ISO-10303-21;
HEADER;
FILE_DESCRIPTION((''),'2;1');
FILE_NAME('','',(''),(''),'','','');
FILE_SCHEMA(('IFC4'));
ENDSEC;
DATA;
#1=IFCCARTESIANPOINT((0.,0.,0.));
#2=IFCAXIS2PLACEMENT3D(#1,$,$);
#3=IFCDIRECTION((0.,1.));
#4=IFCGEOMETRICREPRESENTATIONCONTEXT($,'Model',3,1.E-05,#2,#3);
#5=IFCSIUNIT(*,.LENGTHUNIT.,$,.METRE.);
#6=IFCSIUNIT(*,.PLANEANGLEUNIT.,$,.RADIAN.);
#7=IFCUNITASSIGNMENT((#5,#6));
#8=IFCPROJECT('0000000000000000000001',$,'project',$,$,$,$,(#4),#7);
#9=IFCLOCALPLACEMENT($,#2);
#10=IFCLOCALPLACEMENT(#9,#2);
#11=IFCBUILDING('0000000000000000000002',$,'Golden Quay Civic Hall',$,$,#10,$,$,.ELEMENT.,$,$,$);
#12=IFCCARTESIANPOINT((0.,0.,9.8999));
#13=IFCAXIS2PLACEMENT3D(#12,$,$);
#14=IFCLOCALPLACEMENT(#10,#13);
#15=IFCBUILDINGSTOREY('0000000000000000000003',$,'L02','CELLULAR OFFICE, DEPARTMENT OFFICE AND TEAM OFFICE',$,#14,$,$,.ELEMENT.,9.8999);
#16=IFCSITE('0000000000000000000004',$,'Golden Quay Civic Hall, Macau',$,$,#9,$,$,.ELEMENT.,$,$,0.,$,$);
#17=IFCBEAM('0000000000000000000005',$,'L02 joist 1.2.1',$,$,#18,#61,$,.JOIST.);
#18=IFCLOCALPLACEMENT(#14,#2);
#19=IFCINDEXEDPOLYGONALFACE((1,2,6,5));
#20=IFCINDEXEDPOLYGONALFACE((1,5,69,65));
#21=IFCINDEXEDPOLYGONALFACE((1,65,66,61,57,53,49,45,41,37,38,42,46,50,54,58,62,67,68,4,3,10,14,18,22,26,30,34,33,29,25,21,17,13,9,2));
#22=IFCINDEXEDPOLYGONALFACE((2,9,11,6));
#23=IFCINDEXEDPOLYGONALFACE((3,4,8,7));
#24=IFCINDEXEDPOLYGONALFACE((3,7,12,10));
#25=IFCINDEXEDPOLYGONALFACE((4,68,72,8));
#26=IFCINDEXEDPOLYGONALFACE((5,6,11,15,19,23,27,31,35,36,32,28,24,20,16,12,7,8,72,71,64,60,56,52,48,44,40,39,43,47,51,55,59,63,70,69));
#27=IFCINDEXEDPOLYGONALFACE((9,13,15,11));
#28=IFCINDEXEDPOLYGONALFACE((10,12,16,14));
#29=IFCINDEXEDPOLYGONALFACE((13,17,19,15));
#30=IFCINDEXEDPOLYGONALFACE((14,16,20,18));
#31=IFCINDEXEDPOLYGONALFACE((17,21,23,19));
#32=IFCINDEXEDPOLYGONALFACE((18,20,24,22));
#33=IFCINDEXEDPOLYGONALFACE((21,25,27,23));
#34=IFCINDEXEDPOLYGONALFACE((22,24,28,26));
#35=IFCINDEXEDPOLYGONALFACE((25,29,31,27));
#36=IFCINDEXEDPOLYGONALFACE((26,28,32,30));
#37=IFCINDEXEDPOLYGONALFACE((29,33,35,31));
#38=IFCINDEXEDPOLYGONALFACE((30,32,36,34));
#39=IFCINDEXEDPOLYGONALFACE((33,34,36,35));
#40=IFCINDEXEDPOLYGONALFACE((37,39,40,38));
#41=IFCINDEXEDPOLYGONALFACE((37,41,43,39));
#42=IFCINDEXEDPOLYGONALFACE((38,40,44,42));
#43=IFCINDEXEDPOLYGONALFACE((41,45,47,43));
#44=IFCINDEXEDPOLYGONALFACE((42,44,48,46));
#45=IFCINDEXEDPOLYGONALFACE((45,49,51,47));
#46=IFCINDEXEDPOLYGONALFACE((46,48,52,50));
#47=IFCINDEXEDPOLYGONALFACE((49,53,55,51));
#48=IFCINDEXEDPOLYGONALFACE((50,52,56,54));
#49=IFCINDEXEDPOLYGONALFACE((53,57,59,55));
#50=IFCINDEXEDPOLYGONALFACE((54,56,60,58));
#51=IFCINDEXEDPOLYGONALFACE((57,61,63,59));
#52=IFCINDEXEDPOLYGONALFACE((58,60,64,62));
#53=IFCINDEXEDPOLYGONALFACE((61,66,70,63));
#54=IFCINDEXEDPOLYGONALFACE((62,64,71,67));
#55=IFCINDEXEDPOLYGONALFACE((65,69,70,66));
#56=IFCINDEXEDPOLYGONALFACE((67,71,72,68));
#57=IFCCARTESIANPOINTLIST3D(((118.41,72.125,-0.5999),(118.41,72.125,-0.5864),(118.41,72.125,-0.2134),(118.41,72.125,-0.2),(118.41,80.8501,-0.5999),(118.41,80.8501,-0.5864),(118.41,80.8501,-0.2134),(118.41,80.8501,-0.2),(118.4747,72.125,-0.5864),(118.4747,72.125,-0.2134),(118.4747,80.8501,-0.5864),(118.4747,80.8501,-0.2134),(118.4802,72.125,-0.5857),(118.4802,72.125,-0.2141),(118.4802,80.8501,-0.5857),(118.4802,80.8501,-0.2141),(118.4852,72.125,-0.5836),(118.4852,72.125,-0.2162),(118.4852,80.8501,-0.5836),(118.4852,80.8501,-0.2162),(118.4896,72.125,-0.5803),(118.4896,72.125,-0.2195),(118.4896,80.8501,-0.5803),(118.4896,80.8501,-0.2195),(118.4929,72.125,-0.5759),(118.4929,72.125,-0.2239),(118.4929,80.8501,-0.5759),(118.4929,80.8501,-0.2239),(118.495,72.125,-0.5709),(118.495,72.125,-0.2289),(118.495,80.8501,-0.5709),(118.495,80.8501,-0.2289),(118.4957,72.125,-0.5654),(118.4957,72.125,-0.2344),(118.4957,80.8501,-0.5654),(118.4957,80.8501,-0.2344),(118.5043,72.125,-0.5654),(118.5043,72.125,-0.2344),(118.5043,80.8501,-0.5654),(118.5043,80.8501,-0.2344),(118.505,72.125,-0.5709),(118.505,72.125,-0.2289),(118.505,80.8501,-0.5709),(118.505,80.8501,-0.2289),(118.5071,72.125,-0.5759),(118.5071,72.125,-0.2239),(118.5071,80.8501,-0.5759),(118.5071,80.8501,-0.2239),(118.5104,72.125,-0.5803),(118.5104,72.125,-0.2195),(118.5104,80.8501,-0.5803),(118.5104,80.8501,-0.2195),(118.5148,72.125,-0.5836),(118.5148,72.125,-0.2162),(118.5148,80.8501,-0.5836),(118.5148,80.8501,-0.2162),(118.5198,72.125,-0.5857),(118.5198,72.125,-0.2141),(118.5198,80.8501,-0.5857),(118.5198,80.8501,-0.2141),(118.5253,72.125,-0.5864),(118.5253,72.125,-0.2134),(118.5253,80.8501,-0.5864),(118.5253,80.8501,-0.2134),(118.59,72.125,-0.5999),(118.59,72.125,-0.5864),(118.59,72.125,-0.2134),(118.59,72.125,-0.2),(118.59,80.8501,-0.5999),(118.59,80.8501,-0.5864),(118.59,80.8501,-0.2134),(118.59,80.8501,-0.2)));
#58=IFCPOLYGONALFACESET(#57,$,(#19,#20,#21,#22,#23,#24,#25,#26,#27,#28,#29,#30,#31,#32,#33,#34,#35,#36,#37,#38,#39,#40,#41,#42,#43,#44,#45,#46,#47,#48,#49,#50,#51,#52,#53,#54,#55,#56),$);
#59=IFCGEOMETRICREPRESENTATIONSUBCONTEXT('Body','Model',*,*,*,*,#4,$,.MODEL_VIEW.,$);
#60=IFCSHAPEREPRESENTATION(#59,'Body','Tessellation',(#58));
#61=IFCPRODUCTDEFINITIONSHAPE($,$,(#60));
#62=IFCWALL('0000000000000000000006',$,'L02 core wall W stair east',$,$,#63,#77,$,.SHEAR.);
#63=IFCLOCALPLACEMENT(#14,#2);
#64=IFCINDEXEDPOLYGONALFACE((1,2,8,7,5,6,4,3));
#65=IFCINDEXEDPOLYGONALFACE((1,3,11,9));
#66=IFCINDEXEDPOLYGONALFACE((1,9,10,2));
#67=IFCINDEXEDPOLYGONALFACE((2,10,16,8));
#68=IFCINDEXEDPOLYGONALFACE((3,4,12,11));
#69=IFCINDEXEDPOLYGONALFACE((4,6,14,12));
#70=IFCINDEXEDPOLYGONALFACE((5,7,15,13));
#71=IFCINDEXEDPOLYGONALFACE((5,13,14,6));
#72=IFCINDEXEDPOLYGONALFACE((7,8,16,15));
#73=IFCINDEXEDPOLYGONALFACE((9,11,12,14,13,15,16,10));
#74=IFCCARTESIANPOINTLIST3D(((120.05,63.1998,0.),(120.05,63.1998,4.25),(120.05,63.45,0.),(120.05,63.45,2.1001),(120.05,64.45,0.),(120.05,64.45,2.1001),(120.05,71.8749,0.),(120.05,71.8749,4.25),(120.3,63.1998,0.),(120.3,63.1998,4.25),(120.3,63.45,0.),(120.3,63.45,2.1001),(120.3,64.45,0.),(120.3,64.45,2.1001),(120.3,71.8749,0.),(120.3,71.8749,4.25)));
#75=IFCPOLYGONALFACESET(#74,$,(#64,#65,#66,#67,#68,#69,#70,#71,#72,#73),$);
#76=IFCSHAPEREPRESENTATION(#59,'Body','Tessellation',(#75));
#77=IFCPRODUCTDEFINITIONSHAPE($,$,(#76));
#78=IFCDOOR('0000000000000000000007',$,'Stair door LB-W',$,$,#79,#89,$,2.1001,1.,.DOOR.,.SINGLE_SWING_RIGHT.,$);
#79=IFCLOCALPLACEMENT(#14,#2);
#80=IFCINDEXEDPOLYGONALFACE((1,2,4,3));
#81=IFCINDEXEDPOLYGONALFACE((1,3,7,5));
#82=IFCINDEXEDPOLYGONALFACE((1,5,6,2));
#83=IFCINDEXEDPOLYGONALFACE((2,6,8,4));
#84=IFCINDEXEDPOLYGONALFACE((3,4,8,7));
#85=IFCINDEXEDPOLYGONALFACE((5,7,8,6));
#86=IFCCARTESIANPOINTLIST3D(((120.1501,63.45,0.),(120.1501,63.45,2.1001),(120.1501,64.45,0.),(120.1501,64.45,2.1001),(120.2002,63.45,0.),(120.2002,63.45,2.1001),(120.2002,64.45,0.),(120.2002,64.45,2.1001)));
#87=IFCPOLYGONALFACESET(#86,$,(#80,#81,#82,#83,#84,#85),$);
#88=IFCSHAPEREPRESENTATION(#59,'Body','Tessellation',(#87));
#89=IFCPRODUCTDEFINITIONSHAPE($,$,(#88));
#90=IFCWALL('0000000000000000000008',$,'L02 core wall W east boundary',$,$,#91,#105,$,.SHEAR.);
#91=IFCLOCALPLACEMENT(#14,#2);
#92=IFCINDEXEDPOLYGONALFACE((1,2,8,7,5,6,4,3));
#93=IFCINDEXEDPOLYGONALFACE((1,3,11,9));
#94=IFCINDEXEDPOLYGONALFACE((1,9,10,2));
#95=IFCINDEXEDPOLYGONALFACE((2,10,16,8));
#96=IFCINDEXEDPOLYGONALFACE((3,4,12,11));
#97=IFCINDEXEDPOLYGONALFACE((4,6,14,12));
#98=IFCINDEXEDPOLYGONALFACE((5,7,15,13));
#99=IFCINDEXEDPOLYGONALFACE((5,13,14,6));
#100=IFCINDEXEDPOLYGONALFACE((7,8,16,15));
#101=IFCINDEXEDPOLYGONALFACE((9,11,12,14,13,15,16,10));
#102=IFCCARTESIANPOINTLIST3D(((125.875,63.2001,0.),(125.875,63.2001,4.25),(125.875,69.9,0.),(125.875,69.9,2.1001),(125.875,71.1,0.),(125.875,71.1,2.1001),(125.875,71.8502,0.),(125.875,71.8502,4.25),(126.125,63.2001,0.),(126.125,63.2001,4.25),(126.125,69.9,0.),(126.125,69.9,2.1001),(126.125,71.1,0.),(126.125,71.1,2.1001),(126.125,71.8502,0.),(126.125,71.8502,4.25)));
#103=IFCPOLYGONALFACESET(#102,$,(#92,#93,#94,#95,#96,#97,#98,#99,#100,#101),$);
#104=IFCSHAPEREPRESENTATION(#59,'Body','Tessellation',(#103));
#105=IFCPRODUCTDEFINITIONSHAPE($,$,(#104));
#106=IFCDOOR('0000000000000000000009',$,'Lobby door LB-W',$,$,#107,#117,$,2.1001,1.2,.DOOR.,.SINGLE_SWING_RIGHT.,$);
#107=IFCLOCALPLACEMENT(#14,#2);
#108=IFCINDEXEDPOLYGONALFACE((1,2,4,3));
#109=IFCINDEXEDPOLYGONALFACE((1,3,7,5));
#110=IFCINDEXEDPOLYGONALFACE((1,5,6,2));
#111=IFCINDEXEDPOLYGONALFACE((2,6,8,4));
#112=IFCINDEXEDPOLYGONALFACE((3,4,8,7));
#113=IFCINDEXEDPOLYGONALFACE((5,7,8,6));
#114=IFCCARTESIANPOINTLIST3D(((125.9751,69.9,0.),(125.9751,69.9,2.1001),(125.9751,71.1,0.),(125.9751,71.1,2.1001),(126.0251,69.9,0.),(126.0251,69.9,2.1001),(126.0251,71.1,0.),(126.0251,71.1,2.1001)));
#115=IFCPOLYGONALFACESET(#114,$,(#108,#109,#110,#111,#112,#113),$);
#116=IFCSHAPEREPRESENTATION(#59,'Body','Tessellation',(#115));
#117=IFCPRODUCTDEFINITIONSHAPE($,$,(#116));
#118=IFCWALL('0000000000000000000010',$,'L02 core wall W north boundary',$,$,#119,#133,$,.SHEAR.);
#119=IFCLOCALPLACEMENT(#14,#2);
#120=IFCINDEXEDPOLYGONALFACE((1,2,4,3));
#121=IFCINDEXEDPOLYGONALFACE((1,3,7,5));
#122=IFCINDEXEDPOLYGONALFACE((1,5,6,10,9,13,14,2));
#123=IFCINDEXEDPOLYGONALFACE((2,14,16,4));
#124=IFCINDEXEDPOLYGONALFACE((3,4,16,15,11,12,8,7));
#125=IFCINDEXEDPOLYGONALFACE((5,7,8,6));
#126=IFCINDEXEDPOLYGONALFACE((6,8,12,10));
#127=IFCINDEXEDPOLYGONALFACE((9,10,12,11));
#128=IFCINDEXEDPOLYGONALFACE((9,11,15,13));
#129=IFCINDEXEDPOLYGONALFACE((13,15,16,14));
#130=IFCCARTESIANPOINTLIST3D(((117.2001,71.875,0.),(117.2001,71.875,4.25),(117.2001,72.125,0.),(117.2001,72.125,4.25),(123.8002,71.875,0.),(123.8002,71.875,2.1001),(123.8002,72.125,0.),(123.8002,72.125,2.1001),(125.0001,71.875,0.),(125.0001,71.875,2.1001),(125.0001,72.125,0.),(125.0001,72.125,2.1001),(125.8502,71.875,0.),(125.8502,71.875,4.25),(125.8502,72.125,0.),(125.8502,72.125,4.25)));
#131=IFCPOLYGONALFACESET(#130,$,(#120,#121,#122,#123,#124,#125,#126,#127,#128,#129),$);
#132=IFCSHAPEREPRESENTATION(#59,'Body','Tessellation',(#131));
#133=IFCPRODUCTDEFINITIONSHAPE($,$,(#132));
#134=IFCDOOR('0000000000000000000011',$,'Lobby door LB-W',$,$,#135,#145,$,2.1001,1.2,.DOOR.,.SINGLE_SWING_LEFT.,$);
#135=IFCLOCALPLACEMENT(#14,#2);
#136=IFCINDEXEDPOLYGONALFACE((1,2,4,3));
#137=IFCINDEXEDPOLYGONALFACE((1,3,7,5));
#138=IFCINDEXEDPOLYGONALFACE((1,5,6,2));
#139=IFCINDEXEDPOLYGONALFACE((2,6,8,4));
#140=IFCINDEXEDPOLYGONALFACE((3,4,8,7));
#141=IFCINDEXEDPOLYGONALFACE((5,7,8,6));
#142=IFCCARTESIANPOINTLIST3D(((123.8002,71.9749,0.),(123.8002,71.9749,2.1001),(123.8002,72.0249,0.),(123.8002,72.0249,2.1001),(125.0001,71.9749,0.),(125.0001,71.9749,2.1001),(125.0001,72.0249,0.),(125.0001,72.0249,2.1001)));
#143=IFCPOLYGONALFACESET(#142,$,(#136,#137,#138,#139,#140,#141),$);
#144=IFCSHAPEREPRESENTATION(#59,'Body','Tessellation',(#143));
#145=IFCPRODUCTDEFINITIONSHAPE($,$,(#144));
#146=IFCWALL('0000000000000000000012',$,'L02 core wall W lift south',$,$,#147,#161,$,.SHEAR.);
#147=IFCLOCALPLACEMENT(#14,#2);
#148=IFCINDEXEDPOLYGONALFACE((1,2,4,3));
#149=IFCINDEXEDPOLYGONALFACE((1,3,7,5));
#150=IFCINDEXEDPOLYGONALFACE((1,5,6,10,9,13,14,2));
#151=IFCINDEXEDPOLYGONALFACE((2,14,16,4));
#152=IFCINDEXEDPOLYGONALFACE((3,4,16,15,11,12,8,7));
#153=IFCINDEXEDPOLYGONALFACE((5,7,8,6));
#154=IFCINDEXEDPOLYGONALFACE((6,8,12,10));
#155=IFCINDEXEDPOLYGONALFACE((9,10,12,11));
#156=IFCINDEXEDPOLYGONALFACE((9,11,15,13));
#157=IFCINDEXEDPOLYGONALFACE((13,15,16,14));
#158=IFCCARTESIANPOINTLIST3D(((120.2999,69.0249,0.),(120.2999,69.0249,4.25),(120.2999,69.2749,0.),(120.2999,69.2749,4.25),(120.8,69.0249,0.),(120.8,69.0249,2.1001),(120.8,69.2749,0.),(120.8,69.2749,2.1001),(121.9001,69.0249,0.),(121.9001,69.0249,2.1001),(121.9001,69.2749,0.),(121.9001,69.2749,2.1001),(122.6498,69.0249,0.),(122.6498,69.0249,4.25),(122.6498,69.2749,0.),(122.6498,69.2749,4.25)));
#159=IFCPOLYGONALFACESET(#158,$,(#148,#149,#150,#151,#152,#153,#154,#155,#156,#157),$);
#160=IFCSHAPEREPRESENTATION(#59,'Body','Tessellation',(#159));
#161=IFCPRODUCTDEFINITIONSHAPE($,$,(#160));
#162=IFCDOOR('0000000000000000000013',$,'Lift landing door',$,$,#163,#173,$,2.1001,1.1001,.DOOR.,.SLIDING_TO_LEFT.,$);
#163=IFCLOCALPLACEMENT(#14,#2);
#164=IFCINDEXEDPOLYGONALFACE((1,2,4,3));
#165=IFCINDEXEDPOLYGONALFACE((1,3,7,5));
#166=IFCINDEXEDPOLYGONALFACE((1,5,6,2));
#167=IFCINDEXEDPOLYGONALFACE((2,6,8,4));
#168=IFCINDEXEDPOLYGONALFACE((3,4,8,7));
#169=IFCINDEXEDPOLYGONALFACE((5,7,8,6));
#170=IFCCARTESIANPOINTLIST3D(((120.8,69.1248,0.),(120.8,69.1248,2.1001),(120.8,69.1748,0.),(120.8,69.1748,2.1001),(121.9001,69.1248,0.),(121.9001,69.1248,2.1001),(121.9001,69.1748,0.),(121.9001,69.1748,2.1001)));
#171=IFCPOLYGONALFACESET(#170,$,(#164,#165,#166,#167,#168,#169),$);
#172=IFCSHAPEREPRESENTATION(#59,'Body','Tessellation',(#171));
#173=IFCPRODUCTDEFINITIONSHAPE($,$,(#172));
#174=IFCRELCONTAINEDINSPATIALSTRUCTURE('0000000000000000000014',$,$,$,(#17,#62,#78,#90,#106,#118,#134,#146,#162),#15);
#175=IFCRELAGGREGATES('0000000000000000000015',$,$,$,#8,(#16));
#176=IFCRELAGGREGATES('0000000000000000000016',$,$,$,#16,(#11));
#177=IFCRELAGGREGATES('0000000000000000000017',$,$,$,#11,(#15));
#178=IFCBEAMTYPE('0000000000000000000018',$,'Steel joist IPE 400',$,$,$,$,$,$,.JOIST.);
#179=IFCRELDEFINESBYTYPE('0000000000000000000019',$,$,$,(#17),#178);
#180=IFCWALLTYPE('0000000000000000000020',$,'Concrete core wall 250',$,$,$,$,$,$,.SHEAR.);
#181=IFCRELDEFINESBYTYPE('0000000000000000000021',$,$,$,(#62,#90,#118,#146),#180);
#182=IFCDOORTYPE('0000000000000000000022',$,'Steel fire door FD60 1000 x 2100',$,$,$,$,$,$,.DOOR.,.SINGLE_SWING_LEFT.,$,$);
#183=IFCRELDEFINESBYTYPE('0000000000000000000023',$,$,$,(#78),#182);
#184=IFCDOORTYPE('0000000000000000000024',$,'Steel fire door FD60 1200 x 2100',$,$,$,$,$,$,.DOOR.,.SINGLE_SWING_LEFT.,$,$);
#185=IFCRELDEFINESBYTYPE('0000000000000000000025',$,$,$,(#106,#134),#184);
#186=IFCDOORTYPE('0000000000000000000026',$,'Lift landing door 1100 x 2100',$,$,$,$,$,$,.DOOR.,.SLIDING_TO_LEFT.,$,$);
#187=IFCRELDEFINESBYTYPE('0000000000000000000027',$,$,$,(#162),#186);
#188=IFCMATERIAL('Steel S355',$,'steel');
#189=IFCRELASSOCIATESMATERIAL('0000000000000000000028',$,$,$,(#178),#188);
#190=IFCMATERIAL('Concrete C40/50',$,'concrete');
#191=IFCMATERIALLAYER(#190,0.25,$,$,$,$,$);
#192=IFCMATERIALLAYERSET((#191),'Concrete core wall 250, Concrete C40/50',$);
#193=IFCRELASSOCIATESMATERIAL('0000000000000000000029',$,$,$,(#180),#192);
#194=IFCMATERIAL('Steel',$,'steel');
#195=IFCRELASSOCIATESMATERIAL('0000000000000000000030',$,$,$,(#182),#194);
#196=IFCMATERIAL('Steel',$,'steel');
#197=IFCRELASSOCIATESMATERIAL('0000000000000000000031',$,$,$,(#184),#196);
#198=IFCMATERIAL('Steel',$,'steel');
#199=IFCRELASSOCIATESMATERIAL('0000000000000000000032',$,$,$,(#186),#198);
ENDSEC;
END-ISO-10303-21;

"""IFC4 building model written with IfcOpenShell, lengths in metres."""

from ifc_helpers import new_model, si_unit, direction, frame, frame_2d, origin, origin_2d, place, context, subcontext, project, spatial, rectangle, i_section, extrude, material, layer, layer_set, material_profile, profile_set, type_object, element, fill, save


model = new_model("IFC4")

# Units and contexts
model_context = context("Model", 3, precision=1e-05, world=origin(), true_north=direction((0.0, 1.0)))
body_context = subcontext(model_context, "Body", "Model", "MODEL_VIEW")
ifc_project = project(units=[si_unit("LENGTHUNIT", "METRE"), si_unit("PLANEANGLEUNIT", "RADIAN")], contexts=[model_context])

# Site, building, storey
site_placement = place(None, origin())
site = spatial("IfcSite", under=ifc_project, at=site_placement, Name="Golden Quay Civic Hall, Macau", CompositionType="ELEMENT", RefElevation=0.0)
building_placement = place(site_placement, origin())
building = spatial("IfcBuilding", under=site, at=building_placement, Name="Golden Quay Civic Hall", CompositionType="ELEMENT")
storey_placement = place(building_placement, frame((0.0, 0.0, 9.8999)))
storey = spatial("IfcBuildingStorey", under=building, at=storey_placement, Name="L02", Description="CELLULAR OFFICE, DEPARTMENT OFFICE AND TEAM OFFICE", CompositionType="ELEMENT", Elevation=9.8999)

# Beam
ifc_material_1 = material(Name="Steel S355", Category="steel")
ifc_material_profile_1 = material_profile(ifc_material_1, i_section(OverallWidth=0.1799, OverallDepth=0.3999, WebThickness=0.0085, FlangeThickness=0.0134, FilletRadius=0.021, at=origin_2d()), Name="IPE 400")
ifc_profile_set_1 = profile_set([ifc_material_profile_1], Name="Steel S355")
beam_type_1 = type_object("IfcBeamType", Name="Steel joist IPE 400", PredefinedType="JOIST", material=ifc_profile_set_1)
beam_placement = place(storey_placement, frame((118.5, 72.125, -0.3999), z_axis=(0.0, 1.0, 0.0), x_axis=(-1.0, 0.0, 0.0)))
element("IfcBeam", 1, at=beam_placement, inside=storey, type_object=beam_type_1, Name="L02 joist 1.2.1", PredefinedType="JOIST", context=body_context, shape_type="SweptSolid", body=[
    extrude(i_section(OverallWidth=0.1799, OverallDepth=0.3999, WebThickness=0.0085, FlangeThickness=0.0134, FilletRadius=0.021, at=origin_2d()), origin(), (0.0, 0.0, 1.0), 8.7251),
])

# Walls, openings, doors
ifc_material_2 = material(Name="Concrete C40/50", Category="concrete")
ifc_layer_1 = layer(ifc_material_2, 0.25)
ifc_layer_set_1 = layer_set([ifc_layer_1], Name="Concrete core wall 250, Concrete C40/50")
wall_type_1 = type_object("IfcWallType", Name="Concrete core wall 250", PredefinedType="SHEAR", material=ifc_layer_set_1)
wall_1_placement = place(storey_placement, frame((120.175, 63.2, 0.0), z_axis=(0.0, 0.0, 1.0), x_axis=(0.0, 1.0, 0.0)))
wall_1 = element("IfcWall", 2, at=wall_1_placement, inside=storey, type_object=wall_type_1, Name="L02 core wall W stair east", PredefinedType="SHEAR", context=body_context, shape_type="SweptSolid", body=[
    extrude(rectangle(XDim=8.675, YDim=0.25, at=frame_2d((4.3374, 0.0))), origin(), (0.0, 0.0, 1.0), 4.25),
])
opening_1_placement = place(wall_1_placement, frame((0.25, 0.0, 0.0)))
opening_1 = element("IfcOpeningElement", 3, at=opening_1_placement, cuts=wall_1, PredefinedType="OPENING", context=body_context, shape_type="SweptSolid", body=[
    extrude(rectangle(XDim=1.0, YDim=2.1001, at=frame_2d((0.5, 1.05))), frame((0.0, 0.135, 0.0), z_axis=(0.0, -1.0, 0.0), x_axis=(1.0, 0.0, 0.0)), (0.0, 0.0, 1.0), 0.27),
])
ifc_material_3 = material(Name="Steel", Category="steel")
door_type_1 = type_object("IfcDoorType", Name="Steel fire door FD60 1000 x 2100", OperationType="SINGLE_SWING_LEFT", PredefinedType="DOOR", material=ifc_material_3)
door_1_placement = place(opening_1_placement, frame((1.0, 0.0, 0.0), z_axis=(0.0, 0.0, 1.0), x_axis=(-1.0, 0.0, 0.0)))
door_1 = element("IfcDoor", 4, at=door_1_placement, inside=storey, type_object=door_type_1, Name="Stair door LB-W", OperationType="SINGLE_SWING_RIGHT", OverallHeight=2.1001, OverallWidth=1.0, PredefinedType="DOOR", context=body_context, shape_type="SweptSolid", body=[
    extrude(rectangle(XDim=1.0, YDim=2.1001, at=frame_2d((0.5, 1.05))), frame((0.0, 0.0251, 0.0), z_axis=(0.0, -1.0, 0.0), x_axis=(1.0, 0.0, 0.0)), (0.0, 0.0, 1.0), 0.05),
])
fill(opening_1, door_1)
wall_2_placement = place(storey_placement, frame((126.0, 63.2, 0.0), z_axis=(0.0, 0.0, 1.0), x_axis=(0.0, 1.0, 0.0)))
wall_2 = element("IfcWall", 5, at=wall_2_placement, inside=storey, type_object=wall_type_1, Name="L02 core wall W east boundary", PredefinedType="SHEAR", context=body_context, shape_type="SweptSolid", body=[
    extrude(rectangle(XDim=8.6501, YDim=0.25, at=frame_2d((4.3252, 0.0))), origin(), (0.0, 0.0, 1.0), 4.25),
])
opening_2_placement = place(wall_2_placement, frame((6.7, 0.0, 0.0)))
opening_2 = element("IfcOpeningElement", 6, at=opening_2_placement, cuts=wall_2, PredefinedType="OPENING", context=body_context, shape_type="SweptSolid", body=[
    extrude(rectangle(XDim=1.2, YDim=2.1001, at=frame_2d((0.6001, 1.05))), frame((0.0, 0.135, 0.0), z_axis=(0.0, -1.0, 0.0), x_axis=(1.0, 0.0, 0.0)), (0.0, 0.0, 1.0), 0.27),
])
ifc_material_4 = material(Name="Steel", Category="steel")
door_type_2 = type_object("IfcDoorType", Name="Steel fire door FD60 1200 x 2100", OperationType="SINGLE_SWING_LEFT", PredefinedType="DOOR", material=ifc_material_4)
door_2_placement = place(opening_2_placement, frame((1.2, 0.0, 0.0), z_axis=(0.0, 0.0, 1.0), x_axis=(-1.0, 0.0, 0.0)))
door_2 = element("IfcDoor", 7, at=door_2_placement, inside=storey, type_object=door_type_2, Name="Lobby door LB-W", OperationType="SINGLE_SWING_RIGHT", OverallHeight=2.1001, OverallWidth=1.2, PredefinedType="DOOR", context=body_context, shape_type="SweptSolid", body=[
    extrude(rectangle(XDim=1.2, YDim=2.1001, at=frame_2d((0.5999, 1.05))), frame((0.0, 0.0251, 0.0), z_axis=(0.0, -1.0, 0.0), x_axis=(1.0, 0.0, 0.0)), (0.0, 0.0, 1.0), 0.05),
])
fill(opening_2, door_2)
wall_3_placement = place(storey_placement, frame((117.2, 72.0, 0.0), z_axis=(0.0, 0.0, 1.0), x_axis=(1.0, 0.0, 0.0)))
wall_3 = element("IfcWall", 8, at=wall_3_placement, inside=storey, type_object=wall_type_1, Name="L02 core wall W north boundary", PredefinedType="SHEAR", context=body_context, shape_type="SweptSolid", body=[
    extrude(rectangle(XDim=8.6501, YDim=0.25, at=frame_2d((4.3252, 0.0))), origin(), (0.0, 0.0, 1.0), 4.25),
])
opening_3_placement = place(wall_3_placement, frame((6.6001, 0.0, 0.0)))
opening_3 = element("IfcOpeningElement", 9, at=opening_3_placement, cuts=wall_3, PredefinedType="OPENING", context=body_context, shape_type="SweptSolid", body=[
    extrude(rectangle(XDim=1.2, YDim=2.1001, at=frame_2d((0.6001, 1.05))), frame((0.0, 0.135, 0.0), z_axis=(0.0, -1.0, 0.0), x_axis=(1.0, 0.0, 0.0)), (0.0, 0.0, 1.0), 0.27),
])
door_3_placement = place(opening_3_placement, origin())
door_3 = element("IfcDoor", 10, at=door_3_placement, inside=storey, type_object=door_type_2, Name="Lobby door LB-W", OperationType="SINGLE_SWING_LEFT", OverallHeight=2.1001, OverallWidth=1.2, PredefinedType="DOOR", context=body_context, shape_type="SweptSolid", body=[
    extrude(rectangle(XDim=1.2, YDim=2.1001, at=frame_2d((0.6001, 1.05))), frame((0.0, 0.0249, 0.0), z_axis=(0.0, -1.0, 0.0), x_axis=(1.0, 0.0, 0.0)), (0.0, 0.0, 1.0), 0.05),
])
fill(opening_3, door_3)
wall_4_placement = place(storey_placement, frame((120.3, 69.1499, 0.0), z_axis=(0.0, 0.0, 1.0), x_axis=(1.0, 0.0, 0.0)))
wall_4 = element("IfcWall", 11, at=wall_4_placement, inside=storey, type_object=wall_type_1, Name="L02 core wall W lift south", PredefinedType="SHEAR", context=body_context, shape_type="SweptSolid", body=[
    extrude(rectangle(XDim=2.3499, YDim=0.25, at=frame_2d((1.1748, 0.0))), origin(), (0.0, 0.0, 1.0), 4.25),
])
opening_4_placement = place(wall_4_placement, frame((0.5, 0.0, 0.0)))
opening_4 = element("IfcOpeningElement", 12, at=opening_4_placement, cuts=wall_4, PredefinedType="OPENING", context=body_context, shape_type="SweptSolid", body=[
    extrude(rectangle(XDim=1.1001, YDim=2.1001, at=frame_2d((0.55, 1.05))), frame((0.0, 0.135, 0.0), z_axis=(0.0, -1.0, 0.0), x_axis=(1.0, 0.0, 0.0)), (0.0, 0.0, 1.0), 0.27),
])
ifc_material_5 = material(Name="Steel", Category="steel")
door_type_3 = type_object("IfcDoorType", Name="Lift landing door 1100 x 2100", OperationType="SLIDING_TO_LEFT", PredefinedType="DOOR", material=ifc_material_5)
door_4_placement = place(opening_4_placement, origin())
door_4 = element("IfcDoor", 13, at=door_4_placement, inside=storey, type_object=door_type_3, Name="Lift landing door", OperationType="SLIDING_TO_LEFT", OverallHeight=2.1001, OverallWidth=1.1001, PredefinedType="DOOR", context=body_context, shape_type="SweptSolid", body=[
    extrude(rectangle(XDim=1.1001, YDim=2.1001, at=frame_2d((0.55, 1.05))), frame((0.0, 0.0249, 0.0), z_axis=(0.0, -1.0, 0.0), x_axis=(1.0, 0.0, 0.0)), (0.0, 0.0, 1.0), 0.05),
])
fill(opening_4, door_4)

save(model, "model.ifc")
